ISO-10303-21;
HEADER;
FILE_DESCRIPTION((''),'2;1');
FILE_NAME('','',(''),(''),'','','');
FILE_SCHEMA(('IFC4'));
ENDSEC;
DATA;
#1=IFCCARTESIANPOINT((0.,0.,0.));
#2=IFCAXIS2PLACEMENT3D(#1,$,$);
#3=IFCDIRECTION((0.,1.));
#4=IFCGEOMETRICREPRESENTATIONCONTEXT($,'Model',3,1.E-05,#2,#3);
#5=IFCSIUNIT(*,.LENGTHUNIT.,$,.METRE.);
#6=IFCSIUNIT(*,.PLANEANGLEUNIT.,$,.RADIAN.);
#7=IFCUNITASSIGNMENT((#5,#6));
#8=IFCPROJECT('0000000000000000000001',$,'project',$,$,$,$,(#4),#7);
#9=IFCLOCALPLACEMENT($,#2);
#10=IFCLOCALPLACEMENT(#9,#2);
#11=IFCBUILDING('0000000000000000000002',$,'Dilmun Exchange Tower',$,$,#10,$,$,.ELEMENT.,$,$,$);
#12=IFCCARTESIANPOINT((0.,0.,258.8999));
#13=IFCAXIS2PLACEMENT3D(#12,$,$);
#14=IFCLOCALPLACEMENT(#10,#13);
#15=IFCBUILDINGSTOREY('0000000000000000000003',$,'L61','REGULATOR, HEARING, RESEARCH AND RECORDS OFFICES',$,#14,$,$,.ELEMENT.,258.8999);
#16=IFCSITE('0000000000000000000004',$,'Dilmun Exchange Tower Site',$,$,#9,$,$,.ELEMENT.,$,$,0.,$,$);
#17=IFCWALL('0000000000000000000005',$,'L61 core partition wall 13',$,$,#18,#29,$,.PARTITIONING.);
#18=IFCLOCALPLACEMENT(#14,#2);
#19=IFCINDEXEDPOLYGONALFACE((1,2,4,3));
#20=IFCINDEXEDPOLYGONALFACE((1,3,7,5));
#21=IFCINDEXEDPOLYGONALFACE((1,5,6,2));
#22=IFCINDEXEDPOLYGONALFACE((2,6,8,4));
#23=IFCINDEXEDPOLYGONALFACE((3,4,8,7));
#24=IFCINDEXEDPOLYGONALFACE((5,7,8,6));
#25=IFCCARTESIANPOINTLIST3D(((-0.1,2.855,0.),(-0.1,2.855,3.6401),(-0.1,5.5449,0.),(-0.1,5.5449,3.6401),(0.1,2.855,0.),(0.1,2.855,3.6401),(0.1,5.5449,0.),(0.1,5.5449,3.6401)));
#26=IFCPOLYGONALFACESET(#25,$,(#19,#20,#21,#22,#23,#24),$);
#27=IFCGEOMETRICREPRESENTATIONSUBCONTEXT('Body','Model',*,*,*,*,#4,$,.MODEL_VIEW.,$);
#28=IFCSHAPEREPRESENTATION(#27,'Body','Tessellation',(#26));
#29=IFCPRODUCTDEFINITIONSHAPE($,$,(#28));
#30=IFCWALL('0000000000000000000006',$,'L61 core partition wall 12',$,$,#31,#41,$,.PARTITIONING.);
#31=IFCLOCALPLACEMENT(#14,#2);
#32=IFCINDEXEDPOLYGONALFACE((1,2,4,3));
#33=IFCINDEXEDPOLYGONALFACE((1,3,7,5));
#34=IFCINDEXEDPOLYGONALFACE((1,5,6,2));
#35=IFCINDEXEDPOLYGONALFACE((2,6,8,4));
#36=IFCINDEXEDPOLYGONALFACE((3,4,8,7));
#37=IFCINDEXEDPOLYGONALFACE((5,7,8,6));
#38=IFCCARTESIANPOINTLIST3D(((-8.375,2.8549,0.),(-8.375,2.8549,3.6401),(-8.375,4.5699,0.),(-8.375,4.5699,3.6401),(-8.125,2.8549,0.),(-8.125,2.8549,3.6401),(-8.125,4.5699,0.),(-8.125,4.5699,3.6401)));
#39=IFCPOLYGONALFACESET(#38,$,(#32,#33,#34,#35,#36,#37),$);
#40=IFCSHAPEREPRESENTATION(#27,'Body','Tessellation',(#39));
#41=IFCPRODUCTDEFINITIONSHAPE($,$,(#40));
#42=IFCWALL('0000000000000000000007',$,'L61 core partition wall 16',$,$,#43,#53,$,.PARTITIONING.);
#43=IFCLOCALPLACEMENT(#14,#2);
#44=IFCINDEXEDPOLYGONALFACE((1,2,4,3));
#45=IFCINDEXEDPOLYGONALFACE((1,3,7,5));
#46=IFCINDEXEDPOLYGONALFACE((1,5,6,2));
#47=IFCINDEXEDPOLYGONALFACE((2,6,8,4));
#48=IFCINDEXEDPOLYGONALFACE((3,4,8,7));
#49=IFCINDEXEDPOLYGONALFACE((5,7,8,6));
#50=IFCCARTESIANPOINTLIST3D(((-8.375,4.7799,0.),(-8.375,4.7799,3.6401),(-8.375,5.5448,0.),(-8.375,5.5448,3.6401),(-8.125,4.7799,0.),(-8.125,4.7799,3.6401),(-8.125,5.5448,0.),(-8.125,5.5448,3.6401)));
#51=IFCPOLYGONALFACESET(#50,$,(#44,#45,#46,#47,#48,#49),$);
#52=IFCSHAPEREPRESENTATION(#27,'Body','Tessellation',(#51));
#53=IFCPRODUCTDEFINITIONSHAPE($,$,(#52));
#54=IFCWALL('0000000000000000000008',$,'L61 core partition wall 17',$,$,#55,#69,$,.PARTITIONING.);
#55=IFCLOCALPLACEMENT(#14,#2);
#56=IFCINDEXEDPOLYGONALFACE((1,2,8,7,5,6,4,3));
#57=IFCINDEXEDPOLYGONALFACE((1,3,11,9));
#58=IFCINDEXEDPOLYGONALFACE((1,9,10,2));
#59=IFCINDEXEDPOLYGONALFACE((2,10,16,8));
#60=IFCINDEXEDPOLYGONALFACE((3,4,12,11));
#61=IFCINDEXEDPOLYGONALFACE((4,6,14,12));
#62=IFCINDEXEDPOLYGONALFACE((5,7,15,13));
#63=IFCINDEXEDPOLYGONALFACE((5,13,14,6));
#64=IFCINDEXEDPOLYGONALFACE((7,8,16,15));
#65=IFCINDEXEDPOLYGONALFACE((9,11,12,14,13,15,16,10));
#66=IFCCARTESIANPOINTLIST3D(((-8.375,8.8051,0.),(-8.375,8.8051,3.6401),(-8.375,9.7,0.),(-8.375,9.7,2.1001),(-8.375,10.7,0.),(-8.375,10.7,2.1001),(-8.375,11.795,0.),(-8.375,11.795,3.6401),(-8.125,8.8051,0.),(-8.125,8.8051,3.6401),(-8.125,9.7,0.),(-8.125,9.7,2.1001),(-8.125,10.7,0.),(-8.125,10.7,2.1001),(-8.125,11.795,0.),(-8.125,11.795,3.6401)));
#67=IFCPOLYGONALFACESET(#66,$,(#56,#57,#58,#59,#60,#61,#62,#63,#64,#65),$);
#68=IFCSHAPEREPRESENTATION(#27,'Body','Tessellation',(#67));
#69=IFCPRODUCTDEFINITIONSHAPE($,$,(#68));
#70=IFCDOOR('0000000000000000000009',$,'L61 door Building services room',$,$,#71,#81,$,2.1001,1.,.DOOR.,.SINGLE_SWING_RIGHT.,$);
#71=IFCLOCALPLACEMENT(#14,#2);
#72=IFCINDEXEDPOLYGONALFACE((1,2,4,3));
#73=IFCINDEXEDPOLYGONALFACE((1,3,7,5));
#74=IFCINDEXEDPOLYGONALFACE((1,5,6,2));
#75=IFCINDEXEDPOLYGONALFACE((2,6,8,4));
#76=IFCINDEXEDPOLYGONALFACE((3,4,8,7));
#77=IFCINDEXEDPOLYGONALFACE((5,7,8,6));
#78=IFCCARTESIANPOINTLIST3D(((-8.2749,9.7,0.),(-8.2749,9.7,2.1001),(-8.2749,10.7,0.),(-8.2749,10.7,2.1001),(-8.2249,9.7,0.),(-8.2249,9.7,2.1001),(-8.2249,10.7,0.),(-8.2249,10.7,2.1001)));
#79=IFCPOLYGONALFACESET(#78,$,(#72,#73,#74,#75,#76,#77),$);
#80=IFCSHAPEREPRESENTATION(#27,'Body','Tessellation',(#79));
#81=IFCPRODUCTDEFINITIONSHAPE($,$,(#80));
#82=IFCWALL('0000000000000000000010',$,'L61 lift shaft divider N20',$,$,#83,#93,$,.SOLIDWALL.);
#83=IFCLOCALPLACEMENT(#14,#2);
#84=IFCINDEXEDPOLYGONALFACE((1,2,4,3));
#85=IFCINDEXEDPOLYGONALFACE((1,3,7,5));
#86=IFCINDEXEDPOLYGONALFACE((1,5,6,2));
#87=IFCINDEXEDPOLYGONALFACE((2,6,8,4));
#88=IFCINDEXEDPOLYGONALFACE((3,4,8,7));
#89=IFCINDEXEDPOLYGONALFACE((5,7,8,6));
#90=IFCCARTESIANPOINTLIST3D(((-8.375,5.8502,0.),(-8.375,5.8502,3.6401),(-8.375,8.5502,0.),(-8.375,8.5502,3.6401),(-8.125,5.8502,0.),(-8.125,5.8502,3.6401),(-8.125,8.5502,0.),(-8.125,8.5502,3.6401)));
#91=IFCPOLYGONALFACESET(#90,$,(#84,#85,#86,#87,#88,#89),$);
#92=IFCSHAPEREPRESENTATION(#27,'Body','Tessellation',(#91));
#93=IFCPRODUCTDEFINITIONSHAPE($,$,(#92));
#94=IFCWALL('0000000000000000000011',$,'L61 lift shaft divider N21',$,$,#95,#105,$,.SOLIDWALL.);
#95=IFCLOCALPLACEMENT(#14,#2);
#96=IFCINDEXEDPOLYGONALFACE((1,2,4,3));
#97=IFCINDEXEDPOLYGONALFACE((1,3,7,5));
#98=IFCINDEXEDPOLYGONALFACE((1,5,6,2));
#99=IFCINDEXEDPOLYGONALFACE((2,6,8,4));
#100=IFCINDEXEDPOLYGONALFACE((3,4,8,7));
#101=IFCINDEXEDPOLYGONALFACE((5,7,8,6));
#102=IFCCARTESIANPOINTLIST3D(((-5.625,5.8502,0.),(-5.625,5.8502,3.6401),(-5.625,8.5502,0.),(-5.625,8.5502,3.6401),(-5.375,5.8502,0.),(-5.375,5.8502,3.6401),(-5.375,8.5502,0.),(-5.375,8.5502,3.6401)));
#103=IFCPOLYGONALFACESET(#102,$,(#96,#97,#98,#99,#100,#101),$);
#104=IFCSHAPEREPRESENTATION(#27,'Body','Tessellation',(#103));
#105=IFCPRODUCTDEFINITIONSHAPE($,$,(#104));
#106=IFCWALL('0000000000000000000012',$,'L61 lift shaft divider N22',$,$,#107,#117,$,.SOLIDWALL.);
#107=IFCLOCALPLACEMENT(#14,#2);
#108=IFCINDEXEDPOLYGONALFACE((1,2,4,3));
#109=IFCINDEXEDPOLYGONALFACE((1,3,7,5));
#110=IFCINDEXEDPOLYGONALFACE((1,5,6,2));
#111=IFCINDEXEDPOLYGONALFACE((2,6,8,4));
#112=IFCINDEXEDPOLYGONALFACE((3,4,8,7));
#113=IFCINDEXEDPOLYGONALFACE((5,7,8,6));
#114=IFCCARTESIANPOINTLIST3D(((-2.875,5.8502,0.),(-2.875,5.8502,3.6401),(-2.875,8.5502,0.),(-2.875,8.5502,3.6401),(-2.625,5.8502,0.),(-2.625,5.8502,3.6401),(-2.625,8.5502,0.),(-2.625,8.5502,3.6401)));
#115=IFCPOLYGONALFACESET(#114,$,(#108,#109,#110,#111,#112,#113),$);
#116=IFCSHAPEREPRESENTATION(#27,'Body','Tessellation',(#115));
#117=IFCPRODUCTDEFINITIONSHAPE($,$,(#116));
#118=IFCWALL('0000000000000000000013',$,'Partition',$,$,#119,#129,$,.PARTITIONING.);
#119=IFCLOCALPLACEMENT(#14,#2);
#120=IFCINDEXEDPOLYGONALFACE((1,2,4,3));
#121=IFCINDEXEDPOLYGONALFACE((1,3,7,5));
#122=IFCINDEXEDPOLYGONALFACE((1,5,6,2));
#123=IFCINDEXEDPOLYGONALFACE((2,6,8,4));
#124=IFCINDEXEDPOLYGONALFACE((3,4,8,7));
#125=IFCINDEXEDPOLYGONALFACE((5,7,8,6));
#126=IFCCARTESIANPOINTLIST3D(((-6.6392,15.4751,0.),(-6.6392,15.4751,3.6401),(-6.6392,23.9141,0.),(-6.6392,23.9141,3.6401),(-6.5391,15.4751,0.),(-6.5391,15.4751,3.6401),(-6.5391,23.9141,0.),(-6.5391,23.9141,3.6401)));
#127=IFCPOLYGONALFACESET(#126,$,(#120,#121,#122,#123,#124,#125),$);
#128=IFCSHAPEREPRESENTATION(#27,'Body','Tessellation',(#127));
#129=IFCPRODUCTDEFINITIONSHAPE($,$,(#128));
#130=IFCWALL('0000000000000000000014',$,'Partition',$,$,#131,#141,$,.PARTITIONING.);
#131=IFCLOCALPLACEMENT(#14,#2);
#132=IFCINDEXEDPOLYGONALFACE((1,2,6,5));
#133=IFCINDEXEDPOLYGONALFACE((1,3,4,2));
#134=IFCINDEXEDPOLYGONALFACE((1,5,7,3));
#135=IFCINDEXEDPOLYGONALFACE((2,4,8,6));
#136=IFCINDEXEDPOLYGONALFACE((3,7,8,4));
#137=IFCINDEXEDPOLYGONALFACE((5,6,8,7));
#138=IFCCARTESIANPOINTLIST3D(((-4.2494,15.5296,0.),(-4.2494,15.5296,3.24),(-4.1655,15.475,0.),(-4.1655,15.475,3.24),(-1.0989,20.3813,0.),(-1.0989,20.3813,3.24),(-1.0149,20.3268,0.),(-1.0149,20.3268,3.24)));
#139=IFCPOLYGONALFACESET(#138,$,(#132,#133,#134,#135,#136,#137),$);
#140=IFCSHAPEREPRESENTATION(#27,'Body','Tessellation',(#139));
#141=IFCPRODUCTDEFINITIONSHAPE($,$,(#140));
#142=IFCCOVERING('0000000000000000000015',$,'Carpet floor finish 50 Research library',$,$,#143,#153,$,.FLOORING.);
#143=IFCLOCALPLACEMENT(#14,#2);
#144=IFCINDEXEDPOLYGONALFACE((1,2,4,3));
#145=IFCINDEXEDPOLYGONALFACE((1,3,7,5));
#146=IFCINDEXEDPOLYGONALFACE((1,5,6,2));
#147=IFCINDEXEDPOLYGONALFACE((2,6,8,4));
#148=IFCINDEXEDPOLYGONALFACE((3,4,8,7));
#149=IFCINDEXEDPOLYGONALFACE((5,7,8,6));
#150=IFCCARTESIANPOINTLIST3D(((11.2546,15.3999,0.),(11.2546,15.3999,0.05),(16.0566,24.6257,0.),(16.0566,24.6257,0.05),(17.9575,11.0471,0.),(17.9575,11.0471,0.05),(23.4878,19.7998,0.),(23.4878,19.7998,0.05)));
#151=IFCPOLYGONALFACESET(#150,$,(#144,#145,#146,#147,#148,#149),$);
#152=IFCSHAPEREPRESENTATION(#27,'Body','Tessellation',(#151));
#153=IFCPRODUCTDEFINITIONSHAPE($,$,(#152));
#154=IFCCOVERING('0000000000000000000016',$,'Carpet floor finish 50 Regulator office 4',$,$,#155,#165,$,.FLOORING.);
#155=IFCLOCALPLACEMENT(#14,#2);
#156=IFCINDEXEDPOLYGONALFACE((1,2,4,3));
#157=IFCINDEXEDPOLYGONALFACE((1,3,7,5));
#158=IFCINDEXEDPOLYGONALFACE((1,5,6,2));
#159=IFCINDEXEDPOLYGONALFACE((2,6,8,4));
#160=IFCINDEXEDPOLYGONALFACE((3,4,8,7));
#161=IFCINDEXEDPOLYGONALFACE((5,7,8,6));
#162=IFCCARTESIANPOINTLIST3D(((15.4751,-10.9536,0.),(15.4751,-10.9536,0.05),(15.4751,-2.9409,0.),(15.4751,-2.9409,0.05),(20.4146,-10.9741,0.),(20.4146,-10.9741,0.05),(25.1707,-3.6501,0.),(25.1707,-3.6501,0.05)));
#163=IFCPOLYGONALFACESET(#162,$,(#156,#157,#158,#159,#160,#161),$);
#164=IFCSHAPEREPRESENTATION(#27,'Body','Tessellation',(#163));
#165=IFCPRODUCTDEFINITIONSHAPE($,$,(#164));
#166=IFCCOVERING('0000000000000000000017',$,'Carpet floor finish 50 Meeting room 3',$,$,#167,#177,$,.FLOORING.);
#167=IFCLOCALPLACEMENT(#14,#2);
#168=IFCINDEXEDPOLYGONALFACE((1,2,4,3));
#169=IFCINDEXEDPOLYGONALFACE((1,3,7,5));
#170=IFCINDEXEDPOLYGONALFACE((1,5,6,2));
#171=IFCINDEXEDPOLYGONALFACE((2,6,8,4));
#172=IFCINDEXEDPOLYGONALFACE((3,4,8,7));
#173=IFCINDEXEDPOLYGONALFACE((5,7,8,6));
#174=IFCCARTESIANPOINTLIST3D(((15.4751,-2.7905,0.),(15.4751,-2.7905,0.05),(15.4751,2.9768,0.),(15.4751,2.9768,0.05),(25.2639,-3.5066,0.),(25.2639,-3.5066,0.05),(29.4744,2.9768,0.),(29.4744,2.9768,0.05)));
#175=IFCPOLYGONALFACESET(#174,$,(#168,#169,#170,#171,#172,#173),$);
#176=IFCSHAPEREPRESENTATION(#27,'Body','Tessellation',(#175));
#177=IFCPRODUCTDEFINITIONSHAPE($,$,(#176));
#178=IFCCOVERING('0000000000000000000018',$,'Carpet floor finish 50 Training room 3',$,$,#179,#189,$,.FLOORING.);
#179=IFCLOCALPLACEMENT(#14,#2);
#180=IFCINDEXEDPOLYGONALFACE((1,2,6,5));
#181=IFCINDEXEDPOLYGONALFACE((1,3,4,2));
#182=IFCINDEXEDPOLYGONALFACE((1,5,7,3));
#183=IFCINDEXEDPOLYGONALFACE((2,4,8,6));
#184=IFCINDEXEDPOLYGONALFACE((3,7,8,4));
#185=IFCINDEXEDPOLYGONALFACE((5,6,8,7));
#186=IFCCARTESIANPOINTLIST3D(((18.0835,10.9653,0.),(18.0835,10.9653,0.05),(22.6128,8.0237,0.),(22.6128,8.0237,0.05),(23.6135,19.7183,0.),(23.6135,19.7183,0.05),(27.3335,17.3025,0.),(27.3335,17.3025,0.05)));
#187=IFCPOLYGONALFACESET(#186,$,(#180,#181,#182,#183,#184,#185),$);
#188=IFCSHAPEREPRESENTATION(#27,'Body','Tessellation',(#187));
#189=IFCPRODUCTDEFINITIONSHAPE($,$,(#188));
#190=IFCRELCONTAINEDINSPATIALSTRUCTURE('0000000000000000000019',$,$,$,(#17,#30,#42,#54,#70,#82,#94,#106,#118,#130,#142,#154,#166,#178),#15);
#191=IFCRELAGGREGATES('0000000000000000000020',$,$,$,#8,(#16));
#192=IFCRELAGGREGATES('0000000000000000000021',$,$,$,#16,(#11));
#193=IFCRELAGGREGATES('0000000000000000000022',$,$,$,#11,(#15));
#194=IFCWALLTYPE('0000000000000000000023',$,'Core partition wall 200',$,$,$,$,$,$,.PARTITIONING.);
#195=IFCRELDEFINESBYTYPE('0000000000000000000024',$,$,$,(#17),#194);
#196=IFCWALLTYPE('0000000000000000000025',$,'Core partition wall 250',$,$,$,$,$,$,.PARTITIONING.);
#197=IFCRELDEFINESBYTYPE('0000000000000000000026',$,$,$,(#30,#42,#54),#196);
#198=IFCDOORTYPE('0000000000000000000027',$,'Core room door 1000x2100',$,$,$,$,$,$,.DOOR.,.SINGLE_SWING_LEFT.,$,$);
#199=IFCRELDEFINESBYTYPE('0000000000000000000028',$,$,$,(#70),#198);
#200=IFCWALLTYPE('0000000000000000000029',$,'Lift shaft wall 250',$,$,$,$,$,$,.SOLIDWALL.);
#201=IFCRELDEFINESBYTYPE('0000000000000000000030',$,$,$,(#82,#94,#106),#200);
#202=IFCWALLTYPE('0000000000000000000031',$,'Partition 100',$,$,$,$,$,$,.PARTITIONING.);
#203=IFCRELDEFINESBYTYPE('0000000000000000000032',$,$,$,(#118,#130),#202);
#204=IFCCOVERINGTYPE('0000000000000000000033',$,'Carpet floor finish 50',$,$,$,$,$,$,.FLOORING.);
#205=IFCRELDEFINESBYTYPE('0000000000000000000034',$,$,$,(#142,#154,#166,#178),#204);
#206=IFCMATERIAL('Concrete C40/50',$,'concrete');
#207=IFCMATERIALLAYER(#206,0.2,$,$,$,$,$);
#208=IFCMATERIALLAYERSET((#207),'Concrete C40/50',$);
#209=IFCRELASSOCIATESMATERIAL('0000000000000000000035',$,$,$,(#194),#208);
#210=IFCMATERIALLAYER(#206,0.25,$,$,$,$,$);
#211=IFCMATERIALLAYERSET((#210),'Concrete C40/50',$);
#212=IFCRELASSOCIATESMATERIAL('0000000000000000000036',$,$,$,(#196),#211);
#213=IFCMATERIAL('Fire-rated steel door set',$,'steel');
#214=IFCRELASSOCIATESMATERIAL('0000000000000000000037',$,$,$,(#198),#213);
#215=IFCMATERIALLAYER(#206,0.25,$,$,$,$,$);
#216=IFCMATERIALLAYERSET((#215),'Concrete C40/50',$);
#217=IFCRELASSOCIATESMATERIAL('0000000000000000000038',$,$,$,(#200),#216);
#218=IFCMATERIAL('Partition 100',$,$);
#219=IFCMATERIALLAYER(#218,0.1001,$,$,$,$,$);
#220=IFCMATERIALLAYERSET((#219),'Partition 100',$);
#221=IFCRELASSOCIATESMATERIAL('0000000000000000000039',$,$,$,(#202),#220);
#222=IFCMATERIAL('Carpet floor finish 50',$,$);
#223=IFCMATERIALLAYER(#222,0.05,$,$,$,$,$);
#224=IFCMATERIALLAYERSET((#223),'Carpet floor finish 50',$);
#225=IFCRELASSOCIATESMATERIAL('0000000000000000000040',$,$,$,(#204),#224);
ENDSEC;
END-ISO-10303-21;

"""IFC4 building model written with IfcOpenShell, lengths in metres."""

from ifc_helpers import new_model, si_unit, direction, frame, frame_2d, origin, place, context, subcontext, project, spatial, polyline, rectangle, outline, extrude, material, layer, layer_set, type_object, element, fill, save


model = new_model("IFC4")

# Units and contexts
model_context = context("Model", 3, precision=1e-05, world=origin(), true_north=direction((0.0, 1.0)))
body_context = subcontext(model_context, "Body", "Model", "MODEL_VIEW")
ifc_project = project(units=[si_unit("LENGTHUNIT", "METRE"), si_unit("PLANEANGLEUNIT", "RADIAN")], contexts=[model_context])

# Site, building, storey
site_placement = place(None, origin())
site = spatial("IfcSite", under=ifc_project, at=site_placement, Name="Dilmun Exchange Tower Site", CompositionType="ELEMENT", RefElevation=0.0)
building_placement = place(site_placement, origin())
building = spatial("IfcBuilding", under=site, at=building_placement, Name="Dilmun Exchange Tower", CompositionType="ELEMENT")
storey_placement = place(building_placement, frame((0.0, 0.0, 258.8999)))
storey = spatial("IfcBuildingStorey", under=building, at=storey_placement, Name="L61", Description="REGULATOR, HEARING, RESEARCH AND RECORDS OFFICES", CompositionType="ELEMENT", Elevation=258.8999)

# Walls
ifc_material_1 = material(Name="Concrete C40/50", Category="concrete")
ifc_layer_1 = layer(ifc_material_1, 0.2)
ifc_layer_set_1 = layer_set([ifc_layer_1], Name="Concrete C40/50")
wall_type_1 = type_object("IfcWallType", Name="Core partition wall 200", PredefinedType="PARTITIONING", material=ifc_layer_set_1)
wall_1_placement = place(storey_placement, frame((0.0, 2.855, 0.0), z_axis=(0.0, 0.0, 1.0), x_axis=(0.0, 1.0, 0.0)))
element("IfcWall", 1, at=wall_1_placement, inside=storey, type_object=wall_type_1, Name="L61 core partition wall 13", PredefinedType="PARTITIONING", context=body_context, shape_type="SweptSolid", body=[
    extrude(rectangle(XDim=2.6899, YDim=0.2, at=frame_2d((1.345, 0.0))), origin(), (0.0, 0.0, 1.0), 3.6401),
])
ifc_layer_2 = layer(ifc_material_1, 0.25)
ifc_layer_set_2 = layer_set([ifc_layer_2], Name="Concrete C40/50")
wall_type_2 = type_object("IfcWallType", Name="Core partition wall 250", PredefinedType="PARTITIONING", material=ifc_layer_set_2)
wall_2_placement = place(storey_placement, frame((-8.25, 2.855, 0.0), z_axis=(0.0, 0.0, 1.0), x_axis=(0.0, 1.0, 0.0)))
element("IfcWall", 2, at=wall_2_placement, inside=storey, type_object=wall_type_2, Name="L61 core partition wall 12", PredefinedType="PARTITIONING", context=body_context, shape_type="SweptSolid", body=[
    extrude(rectangle(XDim=1.7151, YDim=0.25, at=frame_2d((0.8574, 0.0))), origin(), (0.0, 0.0, 1.0), 3.6401),
])
wall_3_placement = place(storey_placement, frame((-8.25, 4.78, 0.0), z_axis=(0.0, 0.0, 1.0), x_axis=(0.0, 1.0, 0.0)))
element("IfcWall", 3, at=wall_3_placement, inside=storey, type_object=wall_type_2, Name="L61 core partition wall 16", PredefinedType="PARTITIONING", context=body_context, shape_type="SweptSolid", body=[
    extrude(rectangle(XDim=0.7649, YDim=0.25, at=frame_2d((0.3823, 0.0))), origin(), (0.0, 0.0, 1.0), 3.6401),
])

# Wall, opening, door
wall_4_placement = place(storey_placement, frame((-8.25, 8.8049, 0.0), z_axis=(0.0, 0.0, 1.0), x_axis=(0.0, 1.0, 0.0)))
wall_4 = element("IfcWall", 4, at=wall_4_placement, inside=storey, type_object=wall_type_2, Name="L61 core partition wall 17", PredefinedType="PARTITIONING", context=body_context, shape_type="SweptSolid", body=[
    extrude(rectangle(XDim=2.99, YDim=0.25, at=frame_2d((1.4951, 0.0))), origin(), (0.0, 0.0, 1.0), 3.6401),
])
opening_placement = place(wall_4_placement, frame((0.895, 0.0, 0.0)))
opening = element("IfcOpeningElement", 5, at=opening_placement, cuts=wall_4, PredefinedType="OPENING", context=body_context, shape_type="SweptSolid", body=[
    extrude(rectangle(XDim=1.0, YDim=2.1001, at=frame_2d((0.5, 1.05))), frame((0.0, 0.135, 0.0), z_axis=(0.0, -1.0, 0.0), x_axis=(1.0, 0.0, 0.0)), (0.0, 0.0, 1.0), 0.27),
])
ifc_material_2 = material(Name="Fire-rated steel door set", Category="steel")
door_type = type_object("IfcDoorType", Name="Core room door 1000x2100", OperationType="SINGLE_SWING_LEFT", PredefinedType="DOOR", material=ifc_material_2)
door_placement = place(opening_placement, origin())
door = element("IfcDoor", 6, at=door_placement, inside=storey, type_object=door_type, Name="L61 door Building services room", OperationType="SINGLE_SWING_RIGHT", OverallHeight=2.1001, OverallWidth=1.0, PredefinedType="DOOR", context=body_context, shape_type="SweptSolid", body=[
    extrude(rectangle(XDim=1.0, YDim=2.1001, at=frame_2d((0.5, 1.05))), frame((0.0, 0.0249, 0.0), z_axis=(0.0, -1.0, 0.0), x_axis=(1.0, 0.0, 0.0)), (0.0, 0.0, 1.0), 0.05),
])
fill(opening, door)

# Walls
ifc_layer_3 = layer(ifc_material_1, 0.25)
ifc_layer_set_3 = layer_set([ifc_layer_3], Name="Concrete C40/50")
wall_type_3 = type_object("IfcWallType", Name="Lift shaft wall 250", PredefinedType="SOLIDWALL", material=ifc_layer_set_3)
for number, where, z_axis, x_axis, name in (
    (7, (-8.25, 5.8501, 0.0), (0.0, 0.0, 1.0), (0.0, 1.0, 0.0), "L61 lift shaft divider N20"),
    (8, (-5.5, 5.8501, 0.0), (0.0, 0.0, 1.0), (0.0, 1.0, 0.0), "L61 lift shaft divider N21"),
    (9, (-2.75, 5.8501, 0.0), (0.0, 0.0, 1.0), (0.0, 1.0, 0.0), "L61 lift shaft divider N22"),
):
    element("IfcWall", number, at=place(storey_placement, frame(where, z_axis=z_axis, x_axis=x_axis)), inside=storey, type_object=wall_type_3, Name=name, PredefinedType="SOLIDWALL", context=body_context, shape_type="SweptSolid", body=[
        extrude(rectangle(XDim=2.7, YDim=0.25, at=frame_2d((1.3501, 0.0))), origin(), (0.0, 0.0, 1.0), 3.6401),
    ])
ifc_material_3 = material(Name="Partition 100")
ifc_layer_4 = layer(ifc_material_3, 0.1001)
ifc_layer_set_4 = layer_set([ifc_layer_4], Name="Partition 100")
wall_type_4 = type_object("IfcWallType", Name="Partition 100", PredefinedType="PARTITIONING", material=ifc_layer_set_4)
wall_5_placement = place(storey_placement, frame((-6.5891, 15.4751, 0.0), z_axis=(0.0, 0.0, 1.0), x_axis=(0.0, 1.0, 0.0)))
element("IfcWall", 10, at=wall_5_placement, inside=storey, type_object=wall_type_4, Name="Partition", PredefinedType="PARTITIONING", context=body_context, shape_type="SweptSolid", body=[
    extrude(rectangle(XDim=8.439, YDim=0.1001, at=frame_2d((4.2195, 0.0))), origin(), (0.0, 0.0, 1.0), 3.6401),
])
wall_6_placement = place(storey_placement, frame((-4.2075, 15.5022, 0.0), z_axis=(0.0, 0.0, 1.0), x_axis=(0.544619, 0.838684, 0.0)))
element("IfcWall", 11, at=wall_6_placement, inside=storey, type_object=wall_type_4, Name="Partition", PredefinedType="PARTITIONING", context=body_context, shape_type="SweptSolid", body=[
    extrude(rectangle(XDim=5.7849, YDim=0.1001, at=frame_2d((2.8926, 0.0))), origin(), (0.0, 0.0, 1.0), 3.24),
])

# Coverings
ifc_material_4 = material(Name="Carpet floor finish 50")
ifc_layer_5 = layer(ifc_material_4, 0.05)
ifc_layer_set_5 = layer_set([ifc_layer_5], Name="Carpet floor finish 50")
covering_type_1 = type_object("IfcCoveringType", Name="Carpet floor finish 50", PredefinedType="FLOORING", material=ifc_layer_set_5)
covering_1_placement = place(storey_placement, origin())
element("IfcCovering", 12, at=covering_1_placement, inside=storey, type_object=covering_type_1, Name="Carpet floor finish 50 Research library", PredefinedType="FLOORING", context=body_context, shape_type="SweptSolid", body=[
    extrude(outline(polyline([(11.2546, 15.3999), (16.0566, 24.6257), (23.4878, 19.7998), (17.9575, 11.0471), (11.2546, 15.3999)])), origin(), (0.0, 0.0, 1.0), 0.05),
])
covering_2_placement = place(storey_placement, origin())
element("IfcCovering", 13, at=covering_2_placement, inside=storey, type_object=covering_type_1, Name="Carpet floor finish 50 Regulator office 4", PredefinedType="FLOORING", context=body_context, shape_type="SweptSolid", body=[
    extrude(outline(polyline([(25.1707, -3.6501), (20.4146, -10.9741), (15.4751, -10.9536), (15.4751, -2.9409), (25.1707, -3.6501)])), origin(), (0.0, 0.0, 1.0), 0.05),
])
covering_3_placement = place(storey_placement, origin())
element("IfcCovering", 14, at=covering_3_placement, inside=storey, type_object=covering_type_1, Name="Carpet floor finish 50 Meeting room 3", PredefinedType="FLOORING", context=body_context, shape_type="SweptSolid", body=[
    extrude(outline(polyline([(29.4744, 2.9768), (25.2639, -3.5066), (15.4751, -2.7905), (15.4751, 2.9768), (29.4744, 2.9768)])), origin(), (0.0, 0.0, 1.0), 0.05),
])
covering_4_placement = place(storey_placement, origin())
element("IfcCovering", 15, at=covering_4_placement, inside=storey, type_object=covering_type_1, Name="Carpet floor finish 50 Training room 3", PredefinedType="FLOORING", context=body_context, shape_type="SweptSolid", body=[
    extrude(outline(polyline([(18.0835, 10.9653), (23.6135, 19.7183), (27.3335, 17.3025), (22.6128, 8.0237), (18.0835, 10.9653)])), origin(), (0.0, 0.0, 1.0), 0.05),
])

save(model, "model.ifc")
